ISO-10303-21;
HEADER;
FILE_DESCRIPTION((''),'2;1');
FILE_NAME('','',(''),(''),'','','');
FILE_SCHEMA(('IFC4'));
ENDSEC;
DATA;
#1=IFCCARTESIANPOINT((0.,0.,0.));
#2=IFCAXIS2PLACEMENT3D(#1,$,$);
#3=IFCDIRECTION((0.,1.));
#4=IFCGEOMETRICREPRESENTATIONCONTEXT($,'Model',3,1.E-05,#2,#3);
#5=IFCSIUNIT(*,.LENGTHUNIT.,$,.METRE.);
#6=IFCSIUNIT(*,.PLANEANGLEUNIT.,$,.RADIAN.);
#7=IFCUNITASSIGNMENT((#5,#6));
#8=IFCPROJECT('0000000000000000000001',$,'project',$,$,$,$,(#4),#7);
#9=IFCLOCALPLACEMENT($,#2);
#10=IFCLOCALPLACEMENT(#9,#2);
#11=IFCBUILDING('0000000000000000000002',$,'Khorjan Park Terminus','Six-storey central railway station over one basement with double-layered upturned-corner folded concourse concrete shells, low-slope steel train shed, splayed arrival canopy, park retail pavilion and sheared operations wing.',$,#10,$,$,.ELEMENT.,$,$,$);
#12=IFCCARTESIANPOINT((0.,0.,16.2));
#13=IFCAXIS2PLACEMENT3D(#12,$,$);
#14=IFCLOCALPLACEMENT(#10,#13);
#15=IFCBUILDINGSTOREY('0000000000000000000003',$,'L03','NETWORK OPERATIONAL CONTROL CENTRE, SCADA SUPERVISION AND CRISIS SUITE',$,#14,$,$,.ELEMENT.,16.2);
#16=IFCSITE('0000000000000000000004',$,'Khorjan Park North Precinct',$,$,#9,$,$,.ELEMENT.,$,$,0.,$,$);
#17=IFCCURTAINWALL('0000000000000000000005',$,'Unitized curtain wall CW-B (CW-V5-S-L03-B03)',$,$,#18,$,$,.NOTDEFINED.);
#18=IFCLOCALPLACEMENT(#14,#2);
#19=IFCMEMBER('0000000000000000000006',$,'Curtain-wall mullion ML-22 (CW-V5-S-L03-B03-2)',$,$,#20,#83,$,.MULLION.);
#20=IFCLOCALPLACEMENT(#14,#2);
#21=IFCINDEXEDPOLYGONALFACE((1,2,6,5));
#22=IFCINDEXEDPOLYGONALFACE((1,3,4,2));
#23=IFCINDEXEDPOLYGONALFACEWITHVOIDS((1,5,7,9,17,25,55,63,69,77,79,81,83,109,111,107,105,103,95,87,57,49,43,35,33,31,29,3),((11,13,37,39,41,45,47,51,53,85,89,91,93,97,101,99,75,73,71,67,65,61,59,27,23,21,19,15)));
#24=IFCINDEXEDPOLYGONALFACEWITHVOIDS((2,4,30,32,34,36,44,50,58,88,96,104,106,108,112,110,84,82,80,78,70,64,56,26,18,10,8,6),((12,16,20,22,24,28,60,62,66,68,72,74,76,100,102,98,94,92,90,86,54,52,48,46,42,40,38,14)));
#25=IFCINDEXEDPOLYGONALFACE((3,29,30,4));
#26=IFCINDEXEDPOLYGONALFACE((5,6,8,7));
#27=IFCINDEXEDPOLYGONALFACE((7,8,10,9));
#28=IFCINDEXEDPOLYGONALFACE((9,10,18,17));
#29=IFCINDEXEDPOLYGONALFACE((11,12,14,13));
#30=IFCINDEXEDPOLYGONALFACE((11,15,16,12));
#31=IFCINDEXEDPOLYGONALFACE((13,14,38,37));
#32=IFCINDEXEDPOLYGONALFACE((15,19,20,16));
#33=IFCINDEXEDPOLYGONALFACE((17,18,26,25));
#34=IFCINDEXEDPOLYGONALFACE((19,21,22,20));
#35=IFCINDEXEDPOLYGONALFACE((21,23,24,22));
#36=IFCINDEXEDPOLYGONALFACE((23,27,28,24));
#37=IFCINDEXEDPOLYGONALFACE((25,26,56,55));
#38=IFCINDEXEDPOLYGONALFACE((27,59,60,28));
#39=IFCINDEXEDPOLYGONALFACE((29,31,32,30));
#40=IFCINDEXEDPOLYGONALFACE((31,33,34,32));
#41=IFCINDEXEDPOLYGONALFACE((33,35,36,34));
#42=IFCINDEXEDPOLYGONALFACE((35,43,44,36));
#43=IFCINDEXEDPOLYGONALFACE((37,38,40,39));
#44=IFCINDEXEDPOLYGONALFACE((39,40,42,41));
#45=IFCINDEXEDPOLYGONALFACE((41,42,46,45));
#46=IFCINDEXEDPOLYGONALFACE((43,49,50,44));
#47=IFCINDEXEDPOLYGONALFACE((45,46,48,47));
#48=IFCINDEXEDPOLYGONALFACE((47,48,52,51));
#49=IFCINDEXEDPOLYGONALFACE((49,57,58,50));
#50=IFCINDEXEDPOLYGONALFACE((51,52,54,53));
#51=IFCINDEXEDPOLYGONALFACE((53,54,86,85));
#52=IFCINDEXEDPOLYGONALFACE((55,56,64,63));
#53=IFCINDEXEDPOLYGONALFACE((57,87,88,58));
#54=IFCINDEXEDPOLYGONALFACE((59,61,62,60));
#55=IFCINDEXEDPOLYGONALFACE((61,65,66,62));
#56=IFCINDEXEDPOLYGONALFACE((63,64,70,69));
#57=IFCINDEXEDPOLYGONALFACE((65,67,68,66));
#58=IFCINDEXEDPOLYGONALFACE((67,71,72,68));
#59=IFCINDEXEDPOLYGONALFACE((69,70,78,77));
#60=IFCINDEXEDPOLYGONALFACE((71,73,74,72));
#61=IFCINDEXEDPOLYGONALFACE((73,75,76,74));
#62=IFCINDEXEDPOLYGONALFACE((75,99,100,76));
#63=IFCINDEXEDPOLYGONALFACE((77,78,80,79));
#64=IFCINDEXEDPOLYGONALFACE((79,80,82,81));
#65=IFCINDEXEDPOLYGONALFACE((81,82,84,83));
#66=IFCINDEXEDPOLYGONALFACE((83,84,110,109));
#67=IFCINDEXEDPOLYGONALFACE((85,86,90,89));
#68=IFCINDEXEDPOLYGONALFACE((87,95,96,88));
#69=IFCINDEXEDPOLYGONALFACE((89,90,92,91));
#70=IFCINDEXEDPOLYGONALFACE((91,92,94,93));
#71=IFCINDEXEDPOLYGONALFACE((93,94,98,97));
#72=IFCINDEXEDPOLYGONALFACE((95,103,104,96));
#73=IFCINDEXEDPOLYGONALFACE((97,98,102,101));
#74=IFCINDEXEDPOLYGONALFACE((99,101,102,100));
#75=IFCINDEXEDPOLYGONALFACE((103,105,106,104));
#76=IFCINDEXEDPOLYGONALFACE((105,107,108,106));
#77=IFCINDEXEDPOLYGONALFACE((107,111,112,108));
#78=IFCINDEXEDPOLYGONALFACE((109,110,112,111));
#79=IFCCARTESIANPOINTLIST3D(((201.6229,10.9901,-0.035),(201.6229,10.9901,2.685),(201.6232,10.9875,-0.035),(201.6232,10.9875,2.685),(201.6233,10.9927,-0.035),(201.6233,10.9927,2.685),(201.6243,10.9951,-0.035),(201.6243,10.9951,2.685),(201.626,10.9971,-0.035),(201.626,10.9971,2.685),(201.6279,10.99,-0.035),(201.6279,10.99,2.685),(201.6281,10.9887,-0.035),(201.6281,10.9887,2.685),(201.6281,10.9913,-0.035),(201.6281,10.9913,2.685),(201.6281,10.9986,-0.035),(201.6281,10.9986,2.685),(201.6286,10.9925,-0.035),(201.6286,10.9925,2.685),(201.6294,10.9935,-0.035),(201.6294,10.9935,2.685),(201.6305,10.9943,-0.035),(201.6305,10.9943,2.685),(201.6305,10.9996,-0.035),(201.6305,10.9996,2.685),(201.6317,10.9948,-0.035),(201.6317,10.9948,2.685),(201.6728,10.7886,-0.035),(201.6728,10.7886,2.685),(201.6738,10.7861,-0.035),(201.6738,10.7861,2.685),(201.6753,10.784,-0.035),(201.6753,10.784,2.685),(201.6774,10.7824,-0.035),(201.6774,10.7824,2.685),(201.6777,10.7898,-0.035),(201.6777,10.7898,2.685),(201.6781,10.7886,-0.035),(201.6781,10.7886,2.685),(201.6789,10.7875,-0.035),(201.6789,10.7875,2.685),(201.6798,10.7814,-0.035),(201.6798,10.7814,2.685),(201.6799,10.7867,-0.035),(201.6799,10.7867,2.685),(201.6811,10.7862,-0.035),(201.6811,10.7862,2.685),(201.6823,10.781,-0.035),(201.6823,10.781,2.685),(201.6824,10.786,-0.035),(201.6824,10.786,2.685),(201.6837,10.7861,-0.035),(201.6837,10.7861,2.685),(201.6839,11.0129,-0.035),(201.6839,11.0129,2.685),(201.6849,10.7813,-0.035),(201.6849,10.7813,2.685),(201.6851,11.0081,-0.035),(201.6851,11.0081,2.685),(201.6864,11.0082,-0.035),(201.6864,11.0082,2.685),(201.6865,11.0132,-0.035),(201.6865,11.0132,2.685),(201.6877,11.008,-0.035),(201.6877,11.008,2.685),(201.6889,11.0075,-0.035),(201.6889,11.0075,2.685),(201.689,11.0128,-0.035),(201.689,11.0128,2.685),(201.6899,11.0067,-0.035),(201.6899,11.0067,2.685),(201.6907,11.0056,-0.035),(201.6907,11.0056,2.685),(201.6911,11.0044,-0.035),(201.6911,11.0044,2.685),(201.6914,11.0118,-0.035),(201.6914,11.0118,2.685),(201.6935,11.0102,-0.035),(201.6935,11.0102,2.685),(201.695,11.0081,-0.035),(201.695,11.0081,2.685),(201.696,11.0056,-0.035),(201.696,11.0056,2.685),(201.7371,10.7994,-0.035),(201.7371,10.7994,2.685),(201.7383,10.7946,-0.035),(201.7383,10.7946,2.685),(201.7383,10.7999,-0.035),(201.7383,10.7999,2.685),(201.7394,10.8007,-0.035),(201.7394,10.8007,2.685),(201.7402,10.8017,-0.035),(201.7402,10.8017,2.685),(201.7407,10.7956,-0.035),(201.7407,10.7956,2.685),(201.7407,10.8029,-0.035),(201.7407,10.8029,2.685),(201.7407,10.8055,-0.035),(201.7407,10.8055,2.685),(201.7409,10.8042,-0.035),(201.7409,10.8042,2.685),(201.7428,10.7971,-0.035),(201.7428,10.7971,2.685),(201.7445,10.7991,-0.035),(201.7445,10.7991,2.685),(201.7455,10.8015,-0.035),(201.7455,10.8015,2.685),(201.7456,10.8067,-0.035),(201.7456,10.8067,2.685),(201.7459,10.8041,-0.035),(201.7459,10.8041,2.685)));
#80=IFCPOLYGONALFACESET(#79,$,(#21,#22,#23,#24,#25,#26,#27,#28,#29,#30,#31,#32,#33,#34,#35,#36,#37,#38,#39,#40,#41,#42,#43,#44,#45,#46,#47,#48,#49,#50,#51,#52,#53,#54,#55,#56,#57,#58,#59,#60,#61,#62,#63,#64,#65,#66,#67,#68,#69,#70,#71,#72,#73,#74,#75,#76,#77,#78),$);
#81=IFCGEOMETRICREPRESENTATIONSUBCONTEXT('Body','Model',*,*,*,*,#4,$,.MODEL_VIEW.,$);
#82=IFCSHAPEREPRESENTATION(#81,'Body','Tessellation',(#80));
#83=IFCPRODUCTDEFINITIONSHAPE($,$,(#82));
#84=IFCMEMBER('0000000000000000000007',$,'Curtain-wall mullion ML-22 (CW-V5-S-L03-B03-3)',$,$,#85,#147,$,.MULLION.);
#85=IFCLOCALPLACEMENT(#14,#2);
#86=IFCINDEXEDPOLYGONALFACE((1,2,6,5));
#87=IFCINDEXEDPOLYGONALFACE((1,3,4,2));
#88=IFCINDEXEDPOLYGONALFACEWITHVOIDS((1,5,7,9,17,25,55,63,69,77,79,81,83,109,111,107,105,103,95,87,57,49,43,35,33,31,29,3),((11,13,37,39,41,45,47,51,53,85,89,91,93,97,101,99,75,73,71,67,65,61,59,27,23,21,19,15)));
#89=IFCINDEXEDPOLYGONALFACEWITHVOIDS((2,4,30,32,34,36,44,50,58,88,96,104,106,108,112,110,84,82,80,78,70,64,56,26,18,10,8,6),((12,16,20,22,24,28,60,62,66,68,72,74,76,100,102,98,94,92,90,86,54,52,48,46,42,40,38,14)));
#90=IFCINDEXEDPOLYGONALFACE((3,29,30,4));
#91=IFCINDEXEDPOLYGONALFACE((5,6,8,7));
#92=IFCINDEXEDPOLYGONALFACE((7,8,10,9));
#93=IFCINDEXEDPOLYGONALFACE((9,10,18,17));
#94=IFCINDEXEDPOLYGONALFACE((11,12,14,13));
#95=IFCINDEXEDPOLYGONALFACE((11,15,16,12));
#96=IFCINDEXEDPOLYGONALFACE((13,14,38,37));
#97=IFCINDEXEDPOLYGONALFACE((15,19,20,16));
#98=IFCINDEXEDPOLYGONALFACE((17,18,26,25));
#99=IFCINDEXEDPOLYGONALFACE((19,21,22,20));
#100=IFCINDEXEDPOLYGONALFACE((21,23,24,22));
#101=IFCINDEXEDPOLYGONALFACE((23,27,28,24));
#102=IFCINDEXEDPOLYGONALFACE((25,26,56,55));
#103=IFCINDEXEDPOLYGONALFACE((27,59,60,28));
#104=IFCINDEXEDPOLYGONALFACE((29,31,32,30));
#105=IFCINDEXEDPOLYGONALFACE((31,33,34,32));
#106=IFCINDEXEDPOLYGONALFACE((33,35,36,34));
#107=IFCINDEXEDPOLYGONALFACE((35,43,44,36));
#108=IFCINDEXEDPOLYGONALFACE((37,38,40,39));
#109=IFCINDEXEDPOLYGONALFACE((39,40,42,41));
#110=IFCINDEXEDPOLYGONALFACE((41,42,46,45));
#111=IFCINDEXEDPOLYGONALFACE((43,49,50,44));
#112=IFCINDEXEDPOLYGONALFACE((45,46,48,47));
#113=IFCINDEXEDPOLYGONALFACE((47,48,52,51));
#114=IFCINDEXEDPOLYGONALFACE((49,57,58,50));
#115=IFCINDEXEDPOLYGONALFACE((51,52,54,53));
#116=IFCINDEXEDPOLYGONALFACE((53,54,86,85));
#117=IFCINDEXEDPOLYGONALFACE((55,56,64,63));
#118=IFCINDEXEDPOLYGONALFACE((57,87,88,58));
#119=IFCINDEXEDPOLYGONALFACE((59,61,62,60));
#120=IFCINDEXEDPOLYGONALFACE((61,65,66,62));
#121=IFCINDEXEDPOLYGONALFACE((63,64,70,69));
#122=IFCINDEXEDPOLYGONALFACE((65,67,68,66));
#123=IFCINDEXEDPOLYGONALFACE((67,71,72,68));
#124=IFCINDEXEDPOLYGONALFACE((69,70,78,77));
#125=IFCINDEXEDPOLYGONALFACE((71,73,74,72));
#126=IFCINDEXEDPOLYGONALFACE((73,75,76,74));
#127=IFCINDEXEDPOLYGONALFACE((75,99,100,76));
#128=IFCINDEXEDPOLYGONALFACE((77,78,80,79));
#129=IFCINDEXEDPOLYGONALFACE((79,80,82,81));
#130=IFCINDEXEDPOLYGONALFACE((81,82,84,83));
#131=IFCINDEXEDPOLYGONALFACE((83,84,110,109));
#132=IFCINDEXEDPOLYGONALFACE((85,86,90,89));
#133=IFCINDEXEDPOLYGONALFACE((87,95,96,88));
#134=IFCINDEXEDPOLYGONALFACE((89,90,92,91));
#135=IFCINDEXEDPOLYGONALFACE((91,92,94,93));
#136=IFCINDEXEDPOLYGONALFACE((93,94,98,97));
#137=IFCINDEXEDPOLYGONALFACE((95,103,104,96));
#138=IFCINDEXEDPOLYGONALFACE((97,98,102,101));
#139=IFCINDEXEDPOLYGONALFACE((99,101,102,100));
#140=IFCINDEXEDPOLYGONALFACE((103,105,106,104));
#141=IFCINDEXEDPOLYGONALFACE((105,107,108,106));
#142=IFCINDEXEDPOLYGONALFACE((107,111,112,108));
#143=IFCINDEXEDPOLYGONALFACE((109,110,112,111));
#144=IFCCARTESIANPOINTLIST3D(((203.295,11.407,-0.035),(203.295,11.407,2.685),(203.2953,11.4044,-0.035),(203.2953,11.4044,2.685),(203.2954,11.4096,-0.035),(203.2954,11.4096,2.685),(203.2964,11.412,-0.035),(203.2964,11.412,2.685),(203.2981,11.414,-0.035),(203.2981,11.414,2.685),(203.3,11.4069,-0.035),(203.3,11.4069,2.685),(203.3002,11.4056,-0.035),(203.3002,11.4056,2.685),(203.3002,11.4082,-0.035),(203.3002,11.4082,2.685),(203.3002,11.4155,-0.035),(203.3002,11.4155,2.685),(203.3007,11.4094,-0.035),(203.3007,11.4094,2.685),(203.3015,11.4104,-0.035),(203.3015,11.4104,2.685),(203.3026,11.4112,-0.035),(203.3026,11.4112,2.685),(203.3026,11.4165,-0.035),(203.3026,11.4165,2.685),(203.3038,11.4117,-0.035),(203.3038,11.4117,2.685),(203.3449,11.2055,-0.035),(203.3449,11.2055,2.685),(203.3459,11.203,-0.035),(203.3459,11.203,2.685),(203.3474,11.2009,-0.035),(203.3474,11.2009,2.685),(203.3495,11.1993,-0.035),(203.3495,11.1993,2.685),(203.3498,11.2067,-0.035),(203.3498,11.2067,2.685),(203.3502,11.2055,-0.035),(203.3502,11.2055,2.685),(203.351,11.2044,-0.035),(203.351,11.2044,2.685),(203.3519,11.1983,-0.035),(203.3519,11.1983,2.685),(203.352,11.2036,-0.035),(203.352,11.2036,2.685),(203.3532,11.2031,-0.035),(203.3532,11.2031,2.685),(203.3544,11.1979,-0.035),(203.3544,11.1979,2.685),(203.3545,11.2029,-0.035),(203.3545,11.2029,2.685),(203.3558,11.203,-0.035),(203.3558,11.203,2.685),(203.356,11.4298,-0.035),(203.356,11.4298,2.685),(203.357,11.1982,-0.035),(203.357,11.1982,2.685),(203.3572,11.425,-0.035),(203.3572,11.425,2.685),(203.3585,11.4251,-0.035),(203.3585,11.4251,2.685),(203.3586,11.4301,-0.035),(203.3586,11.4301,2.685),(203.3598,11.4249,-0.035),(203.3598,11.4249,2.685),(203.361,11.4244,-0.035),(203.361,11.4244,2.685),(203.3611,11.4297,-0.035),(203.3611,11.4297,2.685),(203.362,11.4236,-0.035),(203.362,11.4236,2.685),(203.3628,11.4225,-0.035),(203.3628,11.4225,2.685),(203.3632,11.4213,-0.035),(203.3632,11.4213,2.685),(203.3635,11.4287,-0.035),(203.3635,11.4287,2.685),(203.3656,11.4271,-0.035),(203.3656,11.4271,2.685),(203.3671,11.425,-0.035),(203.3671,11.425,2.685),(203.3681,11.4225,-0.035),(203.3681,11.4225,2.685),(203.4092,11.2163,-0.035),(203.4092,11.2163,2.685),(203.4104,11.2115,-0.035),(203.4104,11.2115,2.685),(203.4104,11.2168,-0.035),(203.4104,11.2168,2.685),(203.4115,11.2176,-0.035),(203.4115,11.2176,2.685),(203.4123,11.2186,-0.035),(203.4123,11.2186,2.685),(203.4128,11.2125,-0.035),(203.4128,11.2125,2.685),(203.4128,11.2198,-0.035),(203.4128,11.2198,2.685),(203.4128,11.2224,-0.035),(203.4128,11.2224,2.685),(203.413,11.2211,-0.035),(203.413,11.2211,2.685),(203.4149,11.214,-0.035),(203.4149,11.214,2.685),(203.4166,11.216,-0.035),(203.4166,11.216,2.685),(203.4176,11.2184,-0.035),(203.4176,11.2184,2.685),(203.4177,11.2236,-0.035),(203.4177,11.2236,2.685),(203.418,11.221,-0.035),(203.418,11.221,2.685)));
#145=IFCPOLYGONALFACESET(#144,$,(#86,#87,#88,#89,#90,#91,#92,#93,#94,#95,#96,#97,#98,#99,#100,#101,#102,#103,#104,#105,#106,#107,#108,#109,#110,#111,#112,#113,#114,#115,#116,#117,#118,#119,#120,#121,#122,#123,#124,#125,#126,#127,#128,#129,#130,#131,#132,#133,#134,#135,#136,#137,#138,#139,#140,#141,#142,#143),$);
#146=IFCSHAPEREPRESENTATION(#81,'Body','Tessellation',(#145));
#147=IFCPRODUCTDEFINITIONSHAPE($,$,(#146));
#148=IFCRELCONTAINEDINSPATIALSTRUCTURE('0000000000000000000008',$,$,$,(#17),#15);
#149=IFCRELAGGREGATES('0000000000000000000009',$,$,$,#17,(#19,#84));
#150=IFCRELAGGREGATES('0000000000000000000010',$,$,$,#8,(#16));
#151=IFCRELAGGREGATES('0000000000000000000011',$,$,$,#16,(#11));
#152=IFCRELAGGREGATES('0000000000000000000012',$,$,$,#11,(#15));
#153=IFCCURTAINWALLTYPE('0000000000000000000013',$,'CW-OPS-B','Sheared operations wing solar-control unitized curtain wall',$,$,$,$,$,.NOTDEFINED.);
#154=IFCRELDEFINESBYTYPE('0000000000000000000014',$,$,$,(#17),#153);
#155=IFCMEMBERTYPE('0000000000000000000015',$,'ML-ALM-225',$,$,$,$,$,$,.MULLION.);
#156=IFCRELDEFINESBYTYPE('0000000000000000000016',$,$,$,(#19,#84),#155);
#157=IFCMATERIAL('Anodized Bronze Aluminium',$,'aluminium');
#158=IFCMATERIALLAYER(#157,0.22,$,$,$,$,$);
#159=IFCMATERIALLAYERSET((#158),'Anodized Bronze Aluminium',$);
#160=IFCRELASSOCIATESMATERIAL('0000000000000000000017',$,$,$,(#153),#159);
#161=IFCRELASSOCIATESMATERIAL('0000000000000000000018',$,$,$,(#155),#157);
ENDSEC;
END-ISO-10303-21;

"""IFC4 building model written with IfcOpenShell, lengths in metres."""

from ifc_helpers import new_model, si_unit, direction, frame, origin, origin_2d, place, context, subcontext, project, spatial, hollow_rectangle, extrude, material, layer, layer_set, material_profile, profile_set, type_object, element, aggregate, save


model = new_model("IFC4")

# Units and contexts
model_context = context("Model", 3, precision=1e-05, world=origin(), true_north=direction((0.0, 1.0)))
body_context = subcontext(model_context, "Body", "Model", "MODEL_VIEW")
ifc_project = project(units=[si_unit("LENGTHUNIT", "METRE"), si_unit("PLANEANGLEUNIT", "RADIAN")], contexts=[model_context])

# Site, building, storey
site_placement = place(None, origin())
site = spatial("IfcSite", under=ifc_project, at=site_placement, Name="Khorjan Park North Precinct", CompositionType="ELEMENT", RefElevation=0.0)
building_placement = place(site_placement, origin())
building = spatial("IfcBuilding", under=site, at=building_placement, Name="Khorjan Park Terminus", Description="Six-storey central railway station over one basement with double-layered upturned-corner folded concourse concrete shells, low-slope steel train shed, splayed arrival canopy, park retail pavilion and sheared operations wing.", CompositionType="ELEMENT")
storey_placement = place(building_placement, frame((0.0, 0.0, 16.2)))
storey = spatial("IfcBuildingStorey", under=building, at=storey_placement, Name="L03", Description="NETWORK OPERATIONAL CONTROL CENTRE, SCADA SUPERVISION AND CRISIS SUITE", CompositionType="ELEMENT", Elevation=16.2)

# Curtain wall, members
ifc_material_1 = material(Name="Anodized Bronze Aluminium", Category="aluminium")
ifc_layer_1 = layer(ifc_material_1, 0.22)
ifc_layer_set_1 = layer_set([ifc_layer_1], Name="Anodized Bronze Aluminium")
curtain_wall_type = type_object("IfcCurtainWallType", Name="CW-OPS-B", Description="Sheared operations wing solar-control unitized curtain wall", PredefinedType="NOTDEFINED", material=ifc_layer_set_1)
curtain_wall_placement = place(storey_placement, origin())
curtain_wall = element("IfcCurtainWall", 1, at=curtain_wall_placement, inside=storey, type_object=curtain_wall_type, Name="Unitized curtain wall CW-B (CW-V5-S-L03-B03)", PredefinedType="NOTDEFINED")
ifc_material_profile_1 = material_profile(ifc_material_1, hollow_rectangle(XDim=0.075, YDim=0.225, WallThickness=0.005, InnerFilletRadius=0.005, OuterFilletRadius=0.01, at=origin_2d()), Name="ALM 75x225x5")
ifc_profile_set_1 = profile_set([ifc_material_profile_1], Name="Anodized Bronze Aluminium")
member_type_1 = type_object("IfcMemberType", Name="ML-ALM-225", PredefinedType="MULLION", material=ifc_profile_set_1)
member_1_placement = place(storey_placement, frame((201.6844, 10.8971, -0.035), z_axis=(0.0, 0.0, 1.0), x_axis=(0.970295, 0.241926, 0.0)))
member_1 = element("IfcMember", 2, at=member_1_placement, type_object=member_type_1, Name="Curtain-wall mullion ML-22 (CW-V5-S-L03-B03-2)", PredefinedType="MULLION", context=body_context, shape_type="SweptSolid", body=[
    extrude(hollow_rectangle(XDim=0.075, YDim=0.225, WallThickness=0.005, InnerFilletRadius=0.005, OuterFilletRadius=0.01, at=origin_2d()), origin(), (0.0, 0.0, 1.0), 2.72),
])
member_2_placement = place(storey_placement, frame((203.3565, 11.314, -0.035), z_axis=(0.0, 0.0, 1.0), x_axis=(0.970295, 0.241926, 0.0)))
member_2 = element("IfcMember", 3, at=member_2_placement, type_object=member_type_1, Name="Curtain-wall mullion ML-22 (CW-V5-S-L03-B03-3)", PredefinedType="MULLION", context=body_context, shape_type="SweptSolid", body=[
    extrude(hollow_rectangle(XDim=0.075, YDim=0.225, WallThickness=0.005, InnerFilletRadius=0.005, OuterFilletRadius=0.01, at=origin_2d()), origin(), (0.0, 0.0, 1.0), 2.72),
])
aggregate(curtain_wall, [member_1, member_2])

save(model, "model.ifc")
